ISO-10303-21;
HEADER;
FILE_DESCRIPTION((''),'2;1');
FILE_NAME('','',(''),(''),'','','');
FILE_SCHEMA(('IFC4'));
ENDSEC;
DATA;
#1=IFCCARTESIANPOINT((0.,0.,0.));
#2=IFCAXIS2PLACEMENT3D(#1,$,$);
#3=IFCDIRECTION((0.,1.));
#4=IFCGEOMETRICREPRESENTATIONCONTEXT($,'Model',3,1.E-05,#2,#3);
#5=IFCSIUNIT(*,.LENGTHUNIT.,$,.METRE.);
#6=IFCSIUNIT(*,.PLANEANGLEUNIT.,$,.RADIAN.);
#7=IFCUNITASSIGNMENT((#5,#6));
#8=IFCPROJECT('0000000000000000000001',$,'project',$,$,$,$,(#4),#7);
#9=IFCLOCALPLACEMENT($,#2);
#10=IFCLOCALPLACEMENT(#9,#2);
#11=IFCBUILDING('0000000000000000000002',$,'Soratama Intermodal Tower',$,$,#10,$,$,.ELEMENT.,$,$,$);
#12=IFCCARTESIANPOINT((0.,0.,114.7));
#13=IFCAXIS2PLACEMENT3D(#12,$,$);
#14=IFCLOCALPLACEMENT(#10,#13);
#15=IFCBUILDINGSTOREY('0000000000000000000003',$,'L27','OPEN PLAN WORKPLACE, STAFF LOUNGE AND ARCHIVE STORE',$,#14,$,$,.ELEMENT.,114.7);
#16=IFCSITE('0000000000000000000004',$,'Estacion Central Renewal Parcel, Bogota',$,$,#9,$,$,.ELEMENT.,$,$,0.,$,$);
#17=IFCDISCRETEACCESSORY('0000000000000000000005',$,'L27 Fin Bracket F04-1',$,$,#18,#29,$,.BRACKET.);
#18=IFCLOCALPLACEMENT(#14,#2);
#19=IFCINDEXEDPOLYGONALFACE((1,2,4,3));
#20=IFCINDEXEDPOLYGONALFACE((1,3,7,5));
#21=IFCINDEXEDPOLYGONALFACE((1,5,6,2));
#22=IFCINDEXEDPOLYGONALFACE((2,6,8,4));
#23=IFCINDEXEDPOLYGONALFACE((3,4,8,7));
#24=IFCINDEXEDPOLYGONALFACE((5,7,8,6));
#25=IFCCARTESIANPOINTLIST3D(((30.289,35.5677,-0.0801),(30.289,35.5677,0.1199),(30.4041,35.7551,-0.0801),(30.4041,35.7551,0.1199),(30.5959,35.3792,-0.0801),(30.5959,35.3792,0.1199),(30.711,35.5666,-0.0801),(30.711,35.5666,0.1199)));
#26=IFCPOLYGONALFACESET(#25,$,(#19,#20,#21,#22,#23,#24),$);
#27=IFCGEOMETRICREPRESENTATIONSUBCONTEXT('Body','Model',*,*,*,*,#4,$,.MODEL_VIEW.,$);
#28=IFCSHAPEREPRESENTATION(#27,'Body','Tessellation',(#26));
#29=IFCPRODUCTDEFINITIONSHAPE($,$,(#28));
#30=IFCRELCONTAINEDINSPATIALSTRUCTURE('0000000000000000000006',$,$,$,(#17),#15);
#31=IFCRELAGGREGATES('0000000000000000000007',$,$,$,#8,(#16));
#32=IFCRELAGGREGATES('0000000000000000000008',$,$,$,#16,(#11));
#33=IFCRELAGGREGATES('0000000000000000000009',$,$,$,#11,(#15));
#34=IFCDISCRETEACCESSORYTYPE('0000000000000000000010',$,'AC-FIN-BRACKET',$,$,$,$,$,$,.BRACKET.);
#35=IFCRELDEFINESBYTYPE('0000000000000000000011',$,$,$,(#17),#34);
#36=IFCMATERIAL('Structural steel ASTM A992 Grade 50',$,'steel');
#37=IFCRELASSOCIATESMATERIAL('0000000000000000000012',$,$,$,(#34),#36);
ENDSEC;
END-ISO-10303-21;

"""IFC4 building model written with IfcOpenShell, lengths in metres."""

from ifc_helpers import new_model, si_unit, direction, frame, origin, origin_2d, place, context, subcontext, project, spatial, rectangle, extrude, material, type_object, element, save


model = new_model("IFC4")

# Units and contexts
model_context = context("Model", 3, precision=1e-05, world=origin(), true_north=direction((0.0, 1.0)))
body_context = subcontext(model_context, "Body", "Model", "MODEL_VIEW")
ifc_project = project(units=[si_unit("LENGTHUNIT", "METRE"), si_unit("PLANEANGLEUNIT", "RADIAN")], contexts=[model_context])

# Site, building, storey
site_placement = place(None, origin())
site = spatial("IfcSite", under=ifc_project, at=site_placement, Name="Estacion Central Renewal Parcel, Bogota", CompositionType="ELEMENT", RefElevation=0.0)
building_placement = place(site_placement, origin())
building = spatial("IfcBuilding", under=site, at=building_placement, Name="Soratama Intermodal Tower", CompositionType="ELEMENT")
storey_placement = place(building_placement, frame((0.0, 0.0, 114.7)))
storey = spatial("IfcBuildingStorey", under=building, at=storey_placement, Name="L27", Description="OPEN PLAN WORKPLACE, STAFF LOUNGE AND ARCHIVE STORE", CompositionType="ELEMENT", Elevation=114.7)

# Discrete accessory
ifc_material_1 = material(Name="Structural steel ASTM A992 Grade 50", Category="steel")
discrete_accessory_type = type_object("IfcDiscreteAccessoryType", Name="AC-FIN-BRACKET", PredefinedType="BRACKET", material=ifc_material_1)
discrete_accessory_placement = place(storey_placement, frame((30.5, 35.5671, -0.0801), z_axis=(0.0, 0.0, 1.0), x_axis=(-0.852093, 0.523391, 0.0)))
element("IfcDiscreteAccessory", 1, at=discrete_accessory_placement, inside=storey, type_object=discrete_accessory_type, Name="L27 Fin Bracket F04-1", PredefinedType="BRACKET", context=body_context, shape_type="SweptSolid", body=[
    extrude(rectangle(XDim=0.3601, YDim=0.22, at=origin_2d()), origin(), (0.0, 0.0, 1.0), 0.2),
])

save(model, "model.ifc")
